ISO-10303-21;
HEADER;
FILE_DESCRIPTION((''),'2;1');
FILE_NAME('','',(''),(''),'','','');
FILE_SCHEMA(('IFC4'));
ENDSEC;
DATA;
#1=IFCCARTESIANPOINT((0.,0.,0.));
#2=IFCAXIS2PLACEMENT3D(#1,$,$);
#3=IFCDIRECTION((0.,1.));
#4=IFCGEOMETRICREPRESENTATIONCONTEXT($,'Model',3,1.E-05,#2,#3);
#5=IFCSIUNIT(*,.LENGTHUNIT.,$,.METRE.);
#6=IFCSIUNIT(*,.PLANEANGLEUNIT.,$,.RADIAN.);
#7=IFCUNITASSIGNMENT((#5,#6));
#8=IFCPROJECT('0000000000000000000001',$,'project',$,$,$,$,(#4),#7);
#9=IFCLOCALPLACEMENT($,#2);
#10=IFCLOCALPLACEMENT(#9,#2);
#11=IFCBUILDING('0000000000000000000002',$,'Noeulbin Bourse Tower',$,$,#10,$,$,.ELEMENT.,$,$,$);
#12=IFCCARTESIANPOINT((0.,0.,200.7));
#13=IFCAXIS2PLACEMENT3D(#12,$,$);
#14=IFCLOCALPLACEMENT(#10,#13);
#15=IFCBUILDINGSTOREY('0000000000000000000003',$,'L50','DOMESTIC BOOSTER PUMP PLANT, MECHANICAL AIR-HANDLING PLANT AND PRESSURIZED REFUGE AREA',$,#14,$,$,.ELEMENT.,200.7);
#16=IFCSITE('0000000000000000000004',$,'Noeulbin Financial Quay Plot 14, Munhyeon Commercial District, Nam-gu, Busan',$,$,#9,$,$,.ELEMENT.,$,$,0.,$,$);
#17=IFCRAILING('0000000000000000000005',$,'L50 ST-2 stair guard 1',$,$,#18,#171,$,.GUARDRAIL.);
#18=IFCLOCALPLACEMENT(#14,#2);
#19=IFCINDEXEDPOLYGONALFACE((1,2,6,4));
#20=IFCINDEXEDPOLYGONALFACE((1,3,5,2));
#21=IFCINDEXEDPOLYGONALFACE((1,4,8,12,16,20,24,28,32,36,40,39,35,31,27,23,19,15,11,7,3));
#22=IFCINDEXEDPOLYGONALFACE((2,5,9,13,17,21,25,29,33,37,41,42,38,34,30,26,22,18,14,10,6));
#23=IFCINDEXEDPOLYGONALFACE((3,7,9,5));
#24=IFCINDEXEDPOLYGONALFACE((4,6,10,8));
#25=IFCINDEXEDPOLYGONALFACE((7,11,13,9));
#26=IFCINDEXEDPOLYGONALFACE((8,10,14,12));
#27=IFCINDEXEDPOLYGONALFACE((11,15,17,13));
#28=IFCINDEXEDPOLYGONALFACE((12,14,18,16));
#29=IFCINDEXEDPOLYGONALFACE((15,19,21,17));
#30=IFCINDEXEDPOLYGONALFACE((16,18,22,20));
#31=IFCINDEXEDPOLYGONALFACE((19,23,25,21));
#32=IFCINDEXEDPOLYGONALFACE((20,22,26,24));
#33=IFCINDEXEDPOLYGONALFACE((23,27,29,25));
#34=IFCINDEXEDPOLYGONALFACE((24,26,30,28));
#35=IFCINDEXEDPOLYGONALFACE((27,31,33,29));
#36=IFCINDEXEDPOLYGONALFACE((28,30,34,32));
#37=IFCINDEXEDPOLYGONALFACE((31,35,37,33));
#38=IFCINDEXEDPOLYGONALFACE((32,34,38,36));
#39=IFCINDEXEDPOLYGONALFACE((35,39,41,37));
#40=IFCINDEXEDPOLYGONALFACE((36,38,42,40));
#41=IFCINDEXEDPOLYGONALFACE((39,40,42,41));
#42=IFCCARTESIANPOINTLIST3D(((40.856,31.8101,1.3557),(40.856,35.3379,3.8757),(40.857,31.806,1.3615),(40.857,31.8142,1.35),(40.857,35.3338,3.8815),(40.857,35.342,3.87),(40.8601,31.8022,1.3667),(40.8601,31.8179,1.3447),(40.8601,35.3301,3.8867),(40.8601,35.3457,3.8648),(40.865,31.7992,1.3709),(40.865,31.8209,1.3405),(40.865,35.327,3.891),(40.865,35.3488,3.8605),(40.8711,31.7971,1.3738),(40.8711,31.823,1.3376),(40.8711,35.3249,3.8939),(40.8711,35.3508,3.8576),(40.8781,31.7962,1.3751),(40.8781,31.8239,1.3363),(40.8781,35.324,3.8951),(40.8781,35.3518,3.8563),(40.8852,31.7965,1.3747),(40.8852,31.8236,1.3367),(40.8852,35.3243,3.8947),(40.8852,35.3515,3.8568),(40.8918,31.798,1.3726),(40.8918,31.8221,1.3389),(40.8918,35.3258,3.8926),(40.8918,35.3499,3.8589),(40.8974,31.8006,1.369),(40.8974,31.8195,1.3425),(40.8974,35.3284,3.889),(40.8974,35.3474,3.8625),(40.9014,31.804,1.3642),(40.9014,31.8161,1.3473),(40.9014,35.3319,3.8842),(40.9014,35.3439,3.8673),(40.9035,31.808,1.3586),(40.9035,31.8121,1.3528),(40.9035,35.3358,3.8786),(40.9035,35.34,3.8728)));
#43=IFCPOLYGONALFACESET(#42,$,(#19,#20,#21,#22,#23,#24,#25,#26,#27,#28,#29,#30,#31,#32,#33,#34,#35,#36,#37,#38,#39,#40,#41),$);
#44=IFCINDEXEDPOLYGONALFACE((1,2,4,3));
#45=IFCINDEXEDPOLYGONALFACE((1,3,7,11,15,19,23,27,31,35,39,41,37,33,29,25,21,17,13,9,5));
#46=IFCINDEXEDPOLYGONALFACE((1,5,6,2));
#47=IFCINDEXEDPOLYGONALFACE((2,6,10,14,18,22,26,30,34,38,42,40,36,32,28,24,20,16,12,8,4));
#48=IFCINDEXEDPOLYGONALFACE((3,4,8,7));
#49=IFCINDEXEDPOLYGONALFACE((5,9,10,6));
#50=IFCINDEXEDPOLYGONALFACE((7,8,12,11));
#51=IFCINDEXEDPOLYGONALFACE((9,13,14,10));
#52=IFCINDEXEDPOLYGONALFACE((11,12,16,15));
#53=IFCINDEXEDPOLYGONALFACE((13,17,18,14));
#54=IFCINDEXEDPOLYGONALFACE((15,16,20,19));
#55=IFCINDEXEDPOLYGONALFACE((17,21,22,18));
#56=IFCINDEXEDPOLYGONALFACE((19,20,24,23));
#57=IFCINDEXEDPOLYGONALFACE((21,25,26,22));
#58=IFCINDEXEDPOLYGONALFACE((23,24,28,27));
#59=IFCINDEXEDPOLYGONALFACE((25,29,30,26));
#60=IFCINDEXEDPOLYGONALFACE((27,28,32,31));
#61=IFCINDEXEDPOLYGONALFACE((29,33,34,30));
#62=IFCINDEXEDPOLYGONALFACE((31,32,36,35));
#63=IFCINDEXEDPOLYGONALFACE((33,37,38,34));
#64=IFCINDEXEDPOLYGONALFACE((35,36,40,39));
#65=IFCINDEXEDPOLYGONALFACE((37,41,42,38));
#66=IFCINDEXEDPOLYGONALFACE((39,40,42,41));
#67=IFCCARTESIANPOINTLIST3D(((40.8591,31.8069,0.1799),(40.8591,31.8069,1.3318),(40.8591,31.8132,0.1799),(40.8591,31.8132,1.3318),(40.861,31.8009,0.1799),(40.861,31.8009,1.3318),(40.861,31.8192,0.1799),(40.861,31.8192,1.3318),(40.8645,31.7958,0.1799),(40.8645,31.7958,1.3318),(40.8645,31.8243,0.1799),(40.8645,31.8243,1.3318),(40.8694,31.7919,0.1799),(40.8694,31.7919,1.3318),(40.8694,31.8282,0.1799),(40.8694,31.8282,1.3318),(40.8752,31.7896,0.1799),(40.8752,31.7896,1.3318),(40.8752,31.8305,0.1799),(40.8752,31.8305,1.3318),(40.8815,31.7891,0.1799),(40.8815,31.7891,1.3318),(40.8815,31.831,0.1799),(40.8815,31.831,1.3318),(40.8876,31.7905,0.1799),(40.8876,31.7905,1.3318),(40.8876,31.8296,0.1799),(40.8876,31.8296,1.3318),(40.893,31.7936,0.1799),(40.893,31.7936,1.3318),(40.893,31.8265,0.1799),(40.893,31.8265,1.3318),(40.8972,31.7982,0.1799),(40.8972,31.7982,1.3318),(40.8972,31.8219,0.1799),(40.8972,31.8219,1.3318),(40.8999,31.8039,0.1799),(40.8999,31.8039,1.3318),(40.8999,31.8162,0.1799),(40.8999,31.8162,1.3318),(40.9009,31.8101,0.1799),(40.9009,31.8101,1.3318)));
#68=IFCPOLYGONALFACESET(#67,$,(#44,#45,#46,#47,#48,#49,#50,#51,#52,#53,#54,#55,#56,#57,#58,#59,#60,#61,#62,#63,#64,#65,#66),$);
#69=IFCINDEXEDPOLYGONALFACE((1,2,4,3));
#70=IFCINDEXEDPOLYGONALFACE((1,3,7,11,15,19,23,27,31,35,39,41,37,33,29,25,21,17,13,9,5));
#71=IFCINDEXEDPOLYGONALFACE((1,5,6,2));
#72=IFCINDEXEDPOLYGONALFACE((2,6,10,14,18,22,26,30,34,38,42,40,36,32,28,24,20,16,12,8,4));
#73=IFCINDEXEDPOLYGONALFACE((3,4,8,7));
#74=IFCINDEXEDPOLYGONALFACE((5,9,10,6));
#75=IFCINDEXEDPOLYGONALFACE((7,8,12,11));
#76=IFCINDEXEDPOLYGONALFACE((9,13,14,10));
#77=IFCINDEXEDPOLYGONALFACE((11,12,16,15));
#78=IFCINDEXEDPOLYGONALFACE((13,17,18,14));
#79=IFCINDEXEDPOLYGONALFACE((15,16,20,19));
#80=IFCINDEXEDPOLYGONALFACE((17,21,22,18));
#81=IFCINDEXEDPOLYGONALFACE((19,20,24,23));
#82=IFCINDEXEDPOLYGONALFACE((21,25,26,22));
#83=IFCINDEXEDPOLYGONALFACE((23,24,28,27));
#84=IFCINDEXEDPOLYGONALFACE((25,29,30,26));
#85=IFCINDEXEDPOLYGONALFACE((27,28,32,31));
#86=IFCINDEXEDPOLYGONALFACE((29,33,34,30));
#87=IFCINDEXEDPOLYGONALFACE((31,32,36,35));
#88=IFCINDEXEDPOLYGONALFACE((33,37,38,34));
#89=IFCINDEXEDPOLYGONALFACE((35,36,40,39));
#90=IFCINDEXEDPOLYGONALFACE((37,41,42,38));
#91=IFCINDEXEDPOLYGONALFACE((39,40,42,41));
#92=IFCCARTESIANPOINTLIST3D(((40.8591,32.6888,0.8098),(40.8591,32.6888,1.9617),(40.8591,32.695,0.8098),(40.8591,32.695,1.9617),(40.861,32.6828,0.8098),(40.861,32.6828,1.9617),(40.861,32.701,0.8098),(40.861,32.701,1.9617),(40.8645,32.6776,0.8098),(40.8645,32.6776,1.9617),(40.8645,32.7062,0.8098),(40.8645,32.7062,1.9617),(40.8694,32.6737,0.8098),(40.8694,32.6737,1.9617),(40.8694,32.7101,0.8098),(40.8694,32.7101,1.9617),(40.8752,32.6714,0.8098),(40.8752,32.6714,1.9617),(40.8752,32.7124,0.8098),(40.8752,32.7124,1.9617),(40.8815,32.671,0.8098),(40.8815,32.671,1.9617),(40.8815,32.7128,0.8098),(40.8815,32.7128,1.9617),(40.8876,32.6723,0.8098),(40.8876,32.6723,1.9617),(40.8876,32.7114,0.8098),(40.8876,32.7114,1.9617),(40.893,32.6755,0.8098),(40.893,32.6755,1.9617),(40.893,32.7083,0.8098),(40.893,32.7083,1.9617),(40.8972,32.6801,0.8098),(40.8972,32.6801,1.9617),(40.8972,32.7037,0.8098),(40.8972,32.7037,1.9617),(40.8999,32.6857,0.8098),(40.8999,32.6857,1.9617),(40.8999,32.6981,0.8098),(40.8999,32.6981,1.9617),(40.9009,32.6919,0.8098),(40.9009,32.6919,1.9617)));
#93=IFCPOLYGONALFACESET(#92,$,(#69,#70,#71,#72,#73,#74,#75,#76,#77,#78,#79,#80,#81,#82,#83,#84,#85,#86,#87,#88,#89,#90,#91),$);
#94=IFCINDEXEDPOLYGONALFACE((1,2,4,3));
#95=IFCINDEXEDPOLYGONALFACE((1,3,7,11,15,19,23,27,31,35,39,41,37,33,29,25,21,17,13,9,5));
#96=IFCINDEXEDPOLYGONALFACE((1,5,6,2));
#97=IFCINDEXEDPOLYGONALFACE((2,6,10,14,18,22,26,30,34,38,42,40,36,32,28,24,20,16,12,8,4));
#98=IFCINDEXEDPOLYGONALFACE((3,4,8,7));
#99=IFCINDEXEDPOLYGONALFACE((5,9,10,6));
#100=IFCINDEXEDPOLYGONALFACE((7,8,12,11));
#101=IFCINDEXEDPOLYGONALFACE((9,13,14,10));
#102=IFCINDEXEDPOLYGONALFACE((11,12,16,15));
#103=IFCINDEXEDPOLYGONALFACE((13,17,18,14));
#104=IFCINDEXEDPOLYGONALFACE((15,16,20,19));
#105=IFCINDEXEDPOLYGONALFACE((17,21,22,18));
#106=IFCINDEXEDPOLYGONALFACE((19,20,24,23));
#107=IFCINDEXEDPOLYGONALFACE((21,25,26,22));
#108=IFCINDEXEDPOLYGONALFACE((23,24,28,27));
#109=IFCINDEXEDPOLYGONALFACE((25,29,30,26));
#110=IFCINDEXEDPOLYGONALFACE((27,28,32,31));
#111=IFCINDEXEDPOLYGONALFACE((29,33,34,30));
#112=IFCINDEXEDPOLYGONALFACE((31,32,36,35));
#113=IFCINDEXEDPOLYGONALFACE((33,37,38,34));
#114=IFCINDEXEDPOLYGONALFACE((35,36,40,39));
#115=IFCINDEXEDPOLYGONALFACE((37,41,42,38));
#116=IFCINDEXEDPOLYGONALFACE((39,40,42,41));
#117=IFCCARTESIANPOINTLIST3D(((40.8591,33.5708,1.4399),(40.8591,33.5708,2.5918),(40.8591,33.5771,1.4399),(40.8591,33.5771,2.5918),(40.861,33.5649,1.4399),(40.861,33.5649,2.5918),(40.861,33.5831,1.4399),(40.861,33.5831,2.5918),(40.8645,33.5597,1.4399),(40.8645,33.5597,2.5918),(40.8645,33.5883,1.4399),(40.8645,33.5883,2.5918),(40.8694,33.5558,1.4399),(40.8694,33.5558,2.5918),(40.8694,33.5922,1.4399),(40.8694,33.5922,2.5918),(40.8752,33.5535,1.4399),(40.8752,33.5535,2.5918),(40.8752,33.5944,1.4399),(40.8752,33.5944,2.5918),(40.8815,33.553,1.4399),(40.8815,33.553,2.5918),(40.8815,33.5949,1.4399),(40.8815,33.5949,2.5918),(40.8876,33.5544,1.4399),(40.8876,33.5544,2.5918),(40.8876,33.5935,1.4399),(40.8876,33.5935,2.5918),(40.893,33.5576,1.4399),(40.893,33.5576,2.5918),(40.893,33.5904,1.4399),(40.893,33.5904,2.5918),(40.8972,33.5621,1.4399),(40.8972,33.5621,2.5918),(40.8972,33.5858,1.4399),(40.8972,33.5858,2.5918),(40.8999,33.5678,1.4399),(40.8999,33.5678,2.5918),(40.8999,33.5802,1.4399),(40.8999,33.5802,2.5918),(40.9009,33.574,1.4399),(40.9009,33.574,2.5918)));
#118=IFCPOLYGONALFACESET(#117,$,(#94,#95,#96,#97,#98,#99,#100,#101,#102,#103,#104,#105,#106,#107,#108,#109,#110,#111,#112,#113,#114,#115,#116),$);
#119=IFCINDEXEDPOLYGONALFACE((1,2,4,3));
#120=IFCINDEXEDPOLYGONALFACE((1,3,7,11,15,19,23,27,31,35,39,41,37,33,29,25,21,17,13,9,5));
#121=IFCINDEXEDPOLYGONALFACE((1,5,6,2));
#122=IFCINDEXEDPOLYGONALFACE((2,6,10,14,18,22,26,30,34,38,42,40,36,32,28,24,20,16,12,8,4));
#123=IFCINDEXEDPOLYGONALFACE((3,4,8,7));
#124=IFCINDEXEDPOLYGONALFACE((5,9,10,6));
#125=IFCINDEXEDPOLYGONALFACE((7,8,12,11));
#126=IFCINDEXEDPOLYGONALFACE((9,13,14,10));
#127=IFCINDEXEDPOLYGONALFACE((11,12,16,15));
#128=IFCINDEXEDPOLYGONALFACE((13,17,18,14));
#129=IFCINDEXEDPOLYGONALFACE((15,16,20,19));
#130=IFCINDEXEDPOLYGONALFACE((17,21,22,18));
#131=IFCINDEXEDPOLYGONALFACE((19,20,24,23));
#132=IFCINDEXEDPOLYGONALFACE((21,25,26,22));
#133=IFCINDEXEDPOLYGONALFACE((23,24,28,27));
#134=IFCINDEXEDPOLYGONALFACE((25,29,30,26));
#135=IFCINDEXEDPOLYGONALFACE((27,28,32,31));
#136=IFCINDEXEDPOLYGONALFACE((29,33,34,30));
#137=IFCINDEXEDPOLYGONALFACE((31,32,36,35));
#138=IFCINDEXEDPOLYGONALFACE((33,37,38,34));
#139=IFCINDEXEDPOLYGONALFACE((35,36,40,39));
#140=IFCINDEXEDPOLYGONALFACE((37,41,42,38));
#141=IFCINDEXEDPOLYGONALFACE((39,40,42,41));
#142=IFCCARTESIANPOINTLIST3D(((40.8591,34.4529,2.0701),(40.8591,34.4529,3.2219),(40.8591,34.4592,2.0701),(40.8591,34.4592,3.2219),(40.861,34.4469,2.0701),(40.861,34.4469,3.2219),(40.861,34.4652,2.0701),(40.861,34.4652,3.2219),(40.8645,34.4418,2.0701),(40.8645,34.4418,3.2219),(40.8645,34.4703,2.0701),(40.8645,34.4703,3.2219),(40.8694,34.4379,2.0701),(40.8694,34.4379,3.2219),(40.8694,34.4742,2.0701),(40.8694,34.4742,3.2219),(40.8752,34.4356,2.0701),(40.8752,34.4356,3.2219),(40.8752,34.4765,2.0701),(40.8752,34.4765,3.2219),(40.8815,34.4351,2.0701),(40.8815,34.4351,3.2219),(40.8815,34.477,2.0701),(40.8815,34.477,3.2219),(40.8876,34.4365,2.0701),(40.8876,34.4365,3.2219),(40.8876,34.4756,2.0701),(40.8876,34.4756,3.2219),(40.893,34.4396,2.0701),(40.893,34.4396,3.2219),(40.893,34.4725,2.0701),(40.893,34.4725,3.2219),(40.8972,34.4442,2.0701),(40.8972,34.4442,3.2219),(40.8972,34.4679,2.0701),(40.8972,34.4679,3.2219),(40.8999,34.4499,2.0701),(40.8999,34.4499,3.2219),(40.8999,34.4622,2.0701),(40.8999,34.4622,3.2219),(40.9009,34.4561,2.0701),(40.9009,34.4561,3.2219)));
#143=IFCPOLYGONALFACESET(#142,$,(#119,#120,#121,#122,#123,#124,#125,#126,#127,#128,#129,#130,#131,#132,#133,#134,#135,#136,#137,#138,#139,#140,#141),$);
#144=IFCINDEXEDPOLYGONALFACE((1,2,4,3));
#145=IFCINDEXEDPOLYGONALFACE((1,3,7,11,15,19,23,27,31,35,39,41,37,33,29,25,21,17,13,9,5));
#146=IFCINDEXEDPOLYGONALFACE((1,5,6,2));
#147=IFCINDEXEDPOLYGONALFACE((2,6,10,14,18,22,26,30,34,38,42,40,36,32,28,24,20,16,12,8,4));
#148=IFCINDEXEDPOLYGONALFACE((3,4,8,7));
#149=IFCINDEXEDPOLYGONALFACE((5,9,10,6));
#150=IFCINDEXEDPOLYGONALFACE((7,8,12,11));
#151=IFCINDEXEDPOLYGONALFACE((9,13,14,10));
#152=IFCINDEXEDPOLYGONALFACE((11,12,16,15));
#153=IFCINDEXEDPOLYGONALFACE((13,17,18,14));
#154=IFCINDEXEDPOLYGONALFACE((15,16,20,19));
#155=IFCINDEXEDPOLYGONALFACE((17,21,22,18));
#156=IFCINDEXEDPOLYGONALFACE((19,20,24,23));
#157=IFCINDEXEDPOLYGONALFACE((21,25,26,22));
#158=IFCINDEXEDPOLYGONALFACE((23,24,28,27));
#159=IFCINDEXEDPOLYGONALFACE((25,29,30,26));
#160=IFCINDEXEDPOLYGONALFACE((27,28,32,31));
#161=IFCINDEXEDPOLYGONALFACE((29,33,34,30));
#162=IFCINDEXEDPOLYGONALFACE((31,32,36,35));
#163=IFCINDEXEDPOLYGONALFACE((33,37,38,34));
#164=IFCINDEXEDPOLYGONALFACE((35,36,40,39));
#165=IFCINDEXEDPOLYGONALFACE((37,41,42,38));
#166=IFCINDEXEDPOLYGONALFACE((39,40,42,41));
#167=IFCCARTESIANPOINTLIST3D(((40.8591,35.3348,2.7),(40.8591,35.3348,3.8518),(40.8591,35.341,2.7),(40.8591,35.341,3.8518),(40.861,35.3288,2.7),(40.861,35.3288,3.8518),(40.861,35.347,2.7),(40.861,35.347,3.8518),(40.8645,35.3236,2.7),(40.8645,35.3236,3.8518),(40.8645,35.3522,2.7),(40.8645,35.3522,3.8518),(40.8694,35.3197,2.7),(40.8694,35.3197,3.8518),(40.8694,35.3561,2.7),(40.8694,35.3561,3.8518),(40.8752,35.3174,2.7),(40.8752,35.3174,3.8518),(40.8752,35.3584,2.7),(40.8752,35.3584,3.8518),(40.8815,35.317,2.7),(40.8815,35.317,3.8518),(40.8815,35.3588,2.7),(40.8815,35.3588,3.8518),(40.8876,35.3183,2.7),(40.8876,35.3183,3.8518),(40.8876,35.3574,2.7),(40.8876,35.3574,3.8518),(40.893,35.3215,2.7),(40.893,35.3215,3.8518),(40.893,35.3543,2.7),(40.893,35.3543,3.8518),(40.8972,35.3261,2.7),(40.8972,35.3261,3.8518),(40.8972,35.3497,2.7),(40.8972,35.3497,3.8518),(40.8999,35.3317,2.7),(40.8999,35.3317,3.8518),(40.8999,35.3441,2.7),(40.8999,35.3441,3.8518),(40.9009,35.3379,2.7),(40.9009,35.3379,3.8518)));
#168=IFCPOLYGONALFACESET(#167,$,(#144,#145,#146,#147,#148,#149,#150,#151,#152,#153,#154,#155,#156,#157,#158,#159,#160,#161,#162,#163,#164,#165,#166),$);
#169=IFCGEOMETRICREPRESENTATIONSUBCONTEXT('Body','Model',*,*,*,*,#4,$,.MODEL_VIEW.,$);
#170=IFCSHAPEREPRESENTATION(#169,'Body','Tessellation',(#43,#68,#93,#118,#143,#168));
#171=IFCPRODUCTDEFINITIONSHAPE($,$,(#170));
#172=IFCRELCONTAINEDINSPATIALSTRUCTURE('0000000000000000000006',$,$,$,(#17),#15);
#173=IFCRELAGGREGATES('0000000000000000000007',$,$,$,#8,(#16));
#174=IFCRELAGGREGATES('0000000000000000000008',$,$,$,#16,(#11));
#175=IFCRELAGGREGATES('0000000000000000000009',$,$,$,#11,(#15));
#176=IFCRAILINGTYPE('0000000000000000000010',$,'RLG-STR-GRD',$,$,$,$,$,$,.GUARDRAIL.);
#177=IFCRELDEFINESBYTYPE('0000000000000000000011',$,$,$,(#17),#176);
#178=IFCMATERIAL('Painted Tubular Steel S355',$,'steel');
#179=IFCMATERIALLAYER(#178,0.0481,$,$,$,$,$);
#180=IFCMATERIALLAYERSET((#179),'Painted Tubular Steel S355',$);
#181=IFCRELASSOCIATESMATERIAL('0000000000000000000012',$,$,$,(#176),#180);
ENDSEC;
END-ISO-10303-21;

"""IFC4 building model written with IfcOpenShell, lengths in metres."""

from ifc_helpers import new_model, si_unit, direction, frame, origin, origin_2d, place, context, subcontext, project, spatial, circle, extrude, material, layer, layer_set, type_object, element, save


model = new_model("IFC4")

# Units and contexts
model_context = context("Model", 3, precision=1e-05, world=origin(), true_north=direction((0.0, 1.0)))
body_context = subcontext(model_context, "Body", "Model", "MODEL_VIEW")
ifc_project = project(units=[si_unit("LENGTHUNIT", "METRE"), si_unit("PLANEANGLEUNIT", "RADIAN")], contexts=[model_context])

# Site, building, storey
site_placement = place(None, origin())
site = spatial("IfcSite", under=ifc_project, at=site_placement, Name="Noeulbin Financial Quay Plot 14, Munhyeon Commercial District, Nam-gu, Busan", CompositionType="ELEMENT", RefElevation=0.0)
building_placement = place(site_placement, origin())
building = spatial("IfcBuilding", under=site, at=building_placement, Name="Noeulbin Bourse Tower", CompositionType="ELEMENT")
storey_placement = place(building_placement, frame((0.0, 0.0, 200.7)))
storey = spatial("IfcBuildingStorey", under=building, at=storey_placement, Name="L50", Description="DOMESTIC BOOSTER PUMP PLANT, MECHANICAL AIR-HANDLING PLANT AND PRESSURIZED REFUGE AREA", CompositionType="ELEMENT", Elevation=200.7)

# Railing
ifc_material_1 = material(Name="Painted Tubular Steel S355", Category="steel")
ifc_layer_1 = layer(ifc_material_1, 0.0481)
ifc_layer_set_1 = layer_set([ifc_layer_1], Name="Painted Tubular Steel S355")
railing_type_1 = type_object("IfcRailingType", Name="RLG-STR-GRD", PredefinedType="GUARDRAIL", material=ifc_layer_set_1)
railing_1_placement = place(storey_placement, frame((40.8799, 31.8101, 0.1799)))
element("IfcRailing", 1, at=railing_1_placement, inside=storey, type_object=railing_type_1, Name="L50 ST-2 stair guard 1", PredefinedType="GUARDRAIL", context=body_context, shape_type="SweptSolid", body=[
    extrude(circle(Radius=0.0239, at=origin_2d()), frame((0.0, 0.0, 1.1758), z_axis=(0.0, 0.813718, 0.58126), x_axis=(-1.0, 0.0, 0.0)), (0.0, 0.0, 1.0), 4.3354),
    extrude(circle(Radius=0.021, at=origin_2d()), origin(), (0.0, 0.0, 1.0), 1.1519),
    extrude(circle(Radius=0.021, at=origin_2d()), frame((0.0, 0.8818, 0.6299)), (0.0, 0.0, 1.0), 1.1519),
    extrude(circle(Radius=0.021, at=origin_2d()), frame((0.0, 1.7639, 1.26)), (0.0, 0.0, 1.0), 1.1519),
    extrude(circle(Radius=0.021, at=origin_2d()), frame((0.0, 2.646, 1.8901)), (0.0, 0.0, 1.0), 1.1519),
    extrude(circle(Radius=0.021, at=origin_2d()), frame((0.0, 3.5278, 2.52)), (0.0, 0.0, 1.0), 1.1519),
])

save(model, "model.ifc")
